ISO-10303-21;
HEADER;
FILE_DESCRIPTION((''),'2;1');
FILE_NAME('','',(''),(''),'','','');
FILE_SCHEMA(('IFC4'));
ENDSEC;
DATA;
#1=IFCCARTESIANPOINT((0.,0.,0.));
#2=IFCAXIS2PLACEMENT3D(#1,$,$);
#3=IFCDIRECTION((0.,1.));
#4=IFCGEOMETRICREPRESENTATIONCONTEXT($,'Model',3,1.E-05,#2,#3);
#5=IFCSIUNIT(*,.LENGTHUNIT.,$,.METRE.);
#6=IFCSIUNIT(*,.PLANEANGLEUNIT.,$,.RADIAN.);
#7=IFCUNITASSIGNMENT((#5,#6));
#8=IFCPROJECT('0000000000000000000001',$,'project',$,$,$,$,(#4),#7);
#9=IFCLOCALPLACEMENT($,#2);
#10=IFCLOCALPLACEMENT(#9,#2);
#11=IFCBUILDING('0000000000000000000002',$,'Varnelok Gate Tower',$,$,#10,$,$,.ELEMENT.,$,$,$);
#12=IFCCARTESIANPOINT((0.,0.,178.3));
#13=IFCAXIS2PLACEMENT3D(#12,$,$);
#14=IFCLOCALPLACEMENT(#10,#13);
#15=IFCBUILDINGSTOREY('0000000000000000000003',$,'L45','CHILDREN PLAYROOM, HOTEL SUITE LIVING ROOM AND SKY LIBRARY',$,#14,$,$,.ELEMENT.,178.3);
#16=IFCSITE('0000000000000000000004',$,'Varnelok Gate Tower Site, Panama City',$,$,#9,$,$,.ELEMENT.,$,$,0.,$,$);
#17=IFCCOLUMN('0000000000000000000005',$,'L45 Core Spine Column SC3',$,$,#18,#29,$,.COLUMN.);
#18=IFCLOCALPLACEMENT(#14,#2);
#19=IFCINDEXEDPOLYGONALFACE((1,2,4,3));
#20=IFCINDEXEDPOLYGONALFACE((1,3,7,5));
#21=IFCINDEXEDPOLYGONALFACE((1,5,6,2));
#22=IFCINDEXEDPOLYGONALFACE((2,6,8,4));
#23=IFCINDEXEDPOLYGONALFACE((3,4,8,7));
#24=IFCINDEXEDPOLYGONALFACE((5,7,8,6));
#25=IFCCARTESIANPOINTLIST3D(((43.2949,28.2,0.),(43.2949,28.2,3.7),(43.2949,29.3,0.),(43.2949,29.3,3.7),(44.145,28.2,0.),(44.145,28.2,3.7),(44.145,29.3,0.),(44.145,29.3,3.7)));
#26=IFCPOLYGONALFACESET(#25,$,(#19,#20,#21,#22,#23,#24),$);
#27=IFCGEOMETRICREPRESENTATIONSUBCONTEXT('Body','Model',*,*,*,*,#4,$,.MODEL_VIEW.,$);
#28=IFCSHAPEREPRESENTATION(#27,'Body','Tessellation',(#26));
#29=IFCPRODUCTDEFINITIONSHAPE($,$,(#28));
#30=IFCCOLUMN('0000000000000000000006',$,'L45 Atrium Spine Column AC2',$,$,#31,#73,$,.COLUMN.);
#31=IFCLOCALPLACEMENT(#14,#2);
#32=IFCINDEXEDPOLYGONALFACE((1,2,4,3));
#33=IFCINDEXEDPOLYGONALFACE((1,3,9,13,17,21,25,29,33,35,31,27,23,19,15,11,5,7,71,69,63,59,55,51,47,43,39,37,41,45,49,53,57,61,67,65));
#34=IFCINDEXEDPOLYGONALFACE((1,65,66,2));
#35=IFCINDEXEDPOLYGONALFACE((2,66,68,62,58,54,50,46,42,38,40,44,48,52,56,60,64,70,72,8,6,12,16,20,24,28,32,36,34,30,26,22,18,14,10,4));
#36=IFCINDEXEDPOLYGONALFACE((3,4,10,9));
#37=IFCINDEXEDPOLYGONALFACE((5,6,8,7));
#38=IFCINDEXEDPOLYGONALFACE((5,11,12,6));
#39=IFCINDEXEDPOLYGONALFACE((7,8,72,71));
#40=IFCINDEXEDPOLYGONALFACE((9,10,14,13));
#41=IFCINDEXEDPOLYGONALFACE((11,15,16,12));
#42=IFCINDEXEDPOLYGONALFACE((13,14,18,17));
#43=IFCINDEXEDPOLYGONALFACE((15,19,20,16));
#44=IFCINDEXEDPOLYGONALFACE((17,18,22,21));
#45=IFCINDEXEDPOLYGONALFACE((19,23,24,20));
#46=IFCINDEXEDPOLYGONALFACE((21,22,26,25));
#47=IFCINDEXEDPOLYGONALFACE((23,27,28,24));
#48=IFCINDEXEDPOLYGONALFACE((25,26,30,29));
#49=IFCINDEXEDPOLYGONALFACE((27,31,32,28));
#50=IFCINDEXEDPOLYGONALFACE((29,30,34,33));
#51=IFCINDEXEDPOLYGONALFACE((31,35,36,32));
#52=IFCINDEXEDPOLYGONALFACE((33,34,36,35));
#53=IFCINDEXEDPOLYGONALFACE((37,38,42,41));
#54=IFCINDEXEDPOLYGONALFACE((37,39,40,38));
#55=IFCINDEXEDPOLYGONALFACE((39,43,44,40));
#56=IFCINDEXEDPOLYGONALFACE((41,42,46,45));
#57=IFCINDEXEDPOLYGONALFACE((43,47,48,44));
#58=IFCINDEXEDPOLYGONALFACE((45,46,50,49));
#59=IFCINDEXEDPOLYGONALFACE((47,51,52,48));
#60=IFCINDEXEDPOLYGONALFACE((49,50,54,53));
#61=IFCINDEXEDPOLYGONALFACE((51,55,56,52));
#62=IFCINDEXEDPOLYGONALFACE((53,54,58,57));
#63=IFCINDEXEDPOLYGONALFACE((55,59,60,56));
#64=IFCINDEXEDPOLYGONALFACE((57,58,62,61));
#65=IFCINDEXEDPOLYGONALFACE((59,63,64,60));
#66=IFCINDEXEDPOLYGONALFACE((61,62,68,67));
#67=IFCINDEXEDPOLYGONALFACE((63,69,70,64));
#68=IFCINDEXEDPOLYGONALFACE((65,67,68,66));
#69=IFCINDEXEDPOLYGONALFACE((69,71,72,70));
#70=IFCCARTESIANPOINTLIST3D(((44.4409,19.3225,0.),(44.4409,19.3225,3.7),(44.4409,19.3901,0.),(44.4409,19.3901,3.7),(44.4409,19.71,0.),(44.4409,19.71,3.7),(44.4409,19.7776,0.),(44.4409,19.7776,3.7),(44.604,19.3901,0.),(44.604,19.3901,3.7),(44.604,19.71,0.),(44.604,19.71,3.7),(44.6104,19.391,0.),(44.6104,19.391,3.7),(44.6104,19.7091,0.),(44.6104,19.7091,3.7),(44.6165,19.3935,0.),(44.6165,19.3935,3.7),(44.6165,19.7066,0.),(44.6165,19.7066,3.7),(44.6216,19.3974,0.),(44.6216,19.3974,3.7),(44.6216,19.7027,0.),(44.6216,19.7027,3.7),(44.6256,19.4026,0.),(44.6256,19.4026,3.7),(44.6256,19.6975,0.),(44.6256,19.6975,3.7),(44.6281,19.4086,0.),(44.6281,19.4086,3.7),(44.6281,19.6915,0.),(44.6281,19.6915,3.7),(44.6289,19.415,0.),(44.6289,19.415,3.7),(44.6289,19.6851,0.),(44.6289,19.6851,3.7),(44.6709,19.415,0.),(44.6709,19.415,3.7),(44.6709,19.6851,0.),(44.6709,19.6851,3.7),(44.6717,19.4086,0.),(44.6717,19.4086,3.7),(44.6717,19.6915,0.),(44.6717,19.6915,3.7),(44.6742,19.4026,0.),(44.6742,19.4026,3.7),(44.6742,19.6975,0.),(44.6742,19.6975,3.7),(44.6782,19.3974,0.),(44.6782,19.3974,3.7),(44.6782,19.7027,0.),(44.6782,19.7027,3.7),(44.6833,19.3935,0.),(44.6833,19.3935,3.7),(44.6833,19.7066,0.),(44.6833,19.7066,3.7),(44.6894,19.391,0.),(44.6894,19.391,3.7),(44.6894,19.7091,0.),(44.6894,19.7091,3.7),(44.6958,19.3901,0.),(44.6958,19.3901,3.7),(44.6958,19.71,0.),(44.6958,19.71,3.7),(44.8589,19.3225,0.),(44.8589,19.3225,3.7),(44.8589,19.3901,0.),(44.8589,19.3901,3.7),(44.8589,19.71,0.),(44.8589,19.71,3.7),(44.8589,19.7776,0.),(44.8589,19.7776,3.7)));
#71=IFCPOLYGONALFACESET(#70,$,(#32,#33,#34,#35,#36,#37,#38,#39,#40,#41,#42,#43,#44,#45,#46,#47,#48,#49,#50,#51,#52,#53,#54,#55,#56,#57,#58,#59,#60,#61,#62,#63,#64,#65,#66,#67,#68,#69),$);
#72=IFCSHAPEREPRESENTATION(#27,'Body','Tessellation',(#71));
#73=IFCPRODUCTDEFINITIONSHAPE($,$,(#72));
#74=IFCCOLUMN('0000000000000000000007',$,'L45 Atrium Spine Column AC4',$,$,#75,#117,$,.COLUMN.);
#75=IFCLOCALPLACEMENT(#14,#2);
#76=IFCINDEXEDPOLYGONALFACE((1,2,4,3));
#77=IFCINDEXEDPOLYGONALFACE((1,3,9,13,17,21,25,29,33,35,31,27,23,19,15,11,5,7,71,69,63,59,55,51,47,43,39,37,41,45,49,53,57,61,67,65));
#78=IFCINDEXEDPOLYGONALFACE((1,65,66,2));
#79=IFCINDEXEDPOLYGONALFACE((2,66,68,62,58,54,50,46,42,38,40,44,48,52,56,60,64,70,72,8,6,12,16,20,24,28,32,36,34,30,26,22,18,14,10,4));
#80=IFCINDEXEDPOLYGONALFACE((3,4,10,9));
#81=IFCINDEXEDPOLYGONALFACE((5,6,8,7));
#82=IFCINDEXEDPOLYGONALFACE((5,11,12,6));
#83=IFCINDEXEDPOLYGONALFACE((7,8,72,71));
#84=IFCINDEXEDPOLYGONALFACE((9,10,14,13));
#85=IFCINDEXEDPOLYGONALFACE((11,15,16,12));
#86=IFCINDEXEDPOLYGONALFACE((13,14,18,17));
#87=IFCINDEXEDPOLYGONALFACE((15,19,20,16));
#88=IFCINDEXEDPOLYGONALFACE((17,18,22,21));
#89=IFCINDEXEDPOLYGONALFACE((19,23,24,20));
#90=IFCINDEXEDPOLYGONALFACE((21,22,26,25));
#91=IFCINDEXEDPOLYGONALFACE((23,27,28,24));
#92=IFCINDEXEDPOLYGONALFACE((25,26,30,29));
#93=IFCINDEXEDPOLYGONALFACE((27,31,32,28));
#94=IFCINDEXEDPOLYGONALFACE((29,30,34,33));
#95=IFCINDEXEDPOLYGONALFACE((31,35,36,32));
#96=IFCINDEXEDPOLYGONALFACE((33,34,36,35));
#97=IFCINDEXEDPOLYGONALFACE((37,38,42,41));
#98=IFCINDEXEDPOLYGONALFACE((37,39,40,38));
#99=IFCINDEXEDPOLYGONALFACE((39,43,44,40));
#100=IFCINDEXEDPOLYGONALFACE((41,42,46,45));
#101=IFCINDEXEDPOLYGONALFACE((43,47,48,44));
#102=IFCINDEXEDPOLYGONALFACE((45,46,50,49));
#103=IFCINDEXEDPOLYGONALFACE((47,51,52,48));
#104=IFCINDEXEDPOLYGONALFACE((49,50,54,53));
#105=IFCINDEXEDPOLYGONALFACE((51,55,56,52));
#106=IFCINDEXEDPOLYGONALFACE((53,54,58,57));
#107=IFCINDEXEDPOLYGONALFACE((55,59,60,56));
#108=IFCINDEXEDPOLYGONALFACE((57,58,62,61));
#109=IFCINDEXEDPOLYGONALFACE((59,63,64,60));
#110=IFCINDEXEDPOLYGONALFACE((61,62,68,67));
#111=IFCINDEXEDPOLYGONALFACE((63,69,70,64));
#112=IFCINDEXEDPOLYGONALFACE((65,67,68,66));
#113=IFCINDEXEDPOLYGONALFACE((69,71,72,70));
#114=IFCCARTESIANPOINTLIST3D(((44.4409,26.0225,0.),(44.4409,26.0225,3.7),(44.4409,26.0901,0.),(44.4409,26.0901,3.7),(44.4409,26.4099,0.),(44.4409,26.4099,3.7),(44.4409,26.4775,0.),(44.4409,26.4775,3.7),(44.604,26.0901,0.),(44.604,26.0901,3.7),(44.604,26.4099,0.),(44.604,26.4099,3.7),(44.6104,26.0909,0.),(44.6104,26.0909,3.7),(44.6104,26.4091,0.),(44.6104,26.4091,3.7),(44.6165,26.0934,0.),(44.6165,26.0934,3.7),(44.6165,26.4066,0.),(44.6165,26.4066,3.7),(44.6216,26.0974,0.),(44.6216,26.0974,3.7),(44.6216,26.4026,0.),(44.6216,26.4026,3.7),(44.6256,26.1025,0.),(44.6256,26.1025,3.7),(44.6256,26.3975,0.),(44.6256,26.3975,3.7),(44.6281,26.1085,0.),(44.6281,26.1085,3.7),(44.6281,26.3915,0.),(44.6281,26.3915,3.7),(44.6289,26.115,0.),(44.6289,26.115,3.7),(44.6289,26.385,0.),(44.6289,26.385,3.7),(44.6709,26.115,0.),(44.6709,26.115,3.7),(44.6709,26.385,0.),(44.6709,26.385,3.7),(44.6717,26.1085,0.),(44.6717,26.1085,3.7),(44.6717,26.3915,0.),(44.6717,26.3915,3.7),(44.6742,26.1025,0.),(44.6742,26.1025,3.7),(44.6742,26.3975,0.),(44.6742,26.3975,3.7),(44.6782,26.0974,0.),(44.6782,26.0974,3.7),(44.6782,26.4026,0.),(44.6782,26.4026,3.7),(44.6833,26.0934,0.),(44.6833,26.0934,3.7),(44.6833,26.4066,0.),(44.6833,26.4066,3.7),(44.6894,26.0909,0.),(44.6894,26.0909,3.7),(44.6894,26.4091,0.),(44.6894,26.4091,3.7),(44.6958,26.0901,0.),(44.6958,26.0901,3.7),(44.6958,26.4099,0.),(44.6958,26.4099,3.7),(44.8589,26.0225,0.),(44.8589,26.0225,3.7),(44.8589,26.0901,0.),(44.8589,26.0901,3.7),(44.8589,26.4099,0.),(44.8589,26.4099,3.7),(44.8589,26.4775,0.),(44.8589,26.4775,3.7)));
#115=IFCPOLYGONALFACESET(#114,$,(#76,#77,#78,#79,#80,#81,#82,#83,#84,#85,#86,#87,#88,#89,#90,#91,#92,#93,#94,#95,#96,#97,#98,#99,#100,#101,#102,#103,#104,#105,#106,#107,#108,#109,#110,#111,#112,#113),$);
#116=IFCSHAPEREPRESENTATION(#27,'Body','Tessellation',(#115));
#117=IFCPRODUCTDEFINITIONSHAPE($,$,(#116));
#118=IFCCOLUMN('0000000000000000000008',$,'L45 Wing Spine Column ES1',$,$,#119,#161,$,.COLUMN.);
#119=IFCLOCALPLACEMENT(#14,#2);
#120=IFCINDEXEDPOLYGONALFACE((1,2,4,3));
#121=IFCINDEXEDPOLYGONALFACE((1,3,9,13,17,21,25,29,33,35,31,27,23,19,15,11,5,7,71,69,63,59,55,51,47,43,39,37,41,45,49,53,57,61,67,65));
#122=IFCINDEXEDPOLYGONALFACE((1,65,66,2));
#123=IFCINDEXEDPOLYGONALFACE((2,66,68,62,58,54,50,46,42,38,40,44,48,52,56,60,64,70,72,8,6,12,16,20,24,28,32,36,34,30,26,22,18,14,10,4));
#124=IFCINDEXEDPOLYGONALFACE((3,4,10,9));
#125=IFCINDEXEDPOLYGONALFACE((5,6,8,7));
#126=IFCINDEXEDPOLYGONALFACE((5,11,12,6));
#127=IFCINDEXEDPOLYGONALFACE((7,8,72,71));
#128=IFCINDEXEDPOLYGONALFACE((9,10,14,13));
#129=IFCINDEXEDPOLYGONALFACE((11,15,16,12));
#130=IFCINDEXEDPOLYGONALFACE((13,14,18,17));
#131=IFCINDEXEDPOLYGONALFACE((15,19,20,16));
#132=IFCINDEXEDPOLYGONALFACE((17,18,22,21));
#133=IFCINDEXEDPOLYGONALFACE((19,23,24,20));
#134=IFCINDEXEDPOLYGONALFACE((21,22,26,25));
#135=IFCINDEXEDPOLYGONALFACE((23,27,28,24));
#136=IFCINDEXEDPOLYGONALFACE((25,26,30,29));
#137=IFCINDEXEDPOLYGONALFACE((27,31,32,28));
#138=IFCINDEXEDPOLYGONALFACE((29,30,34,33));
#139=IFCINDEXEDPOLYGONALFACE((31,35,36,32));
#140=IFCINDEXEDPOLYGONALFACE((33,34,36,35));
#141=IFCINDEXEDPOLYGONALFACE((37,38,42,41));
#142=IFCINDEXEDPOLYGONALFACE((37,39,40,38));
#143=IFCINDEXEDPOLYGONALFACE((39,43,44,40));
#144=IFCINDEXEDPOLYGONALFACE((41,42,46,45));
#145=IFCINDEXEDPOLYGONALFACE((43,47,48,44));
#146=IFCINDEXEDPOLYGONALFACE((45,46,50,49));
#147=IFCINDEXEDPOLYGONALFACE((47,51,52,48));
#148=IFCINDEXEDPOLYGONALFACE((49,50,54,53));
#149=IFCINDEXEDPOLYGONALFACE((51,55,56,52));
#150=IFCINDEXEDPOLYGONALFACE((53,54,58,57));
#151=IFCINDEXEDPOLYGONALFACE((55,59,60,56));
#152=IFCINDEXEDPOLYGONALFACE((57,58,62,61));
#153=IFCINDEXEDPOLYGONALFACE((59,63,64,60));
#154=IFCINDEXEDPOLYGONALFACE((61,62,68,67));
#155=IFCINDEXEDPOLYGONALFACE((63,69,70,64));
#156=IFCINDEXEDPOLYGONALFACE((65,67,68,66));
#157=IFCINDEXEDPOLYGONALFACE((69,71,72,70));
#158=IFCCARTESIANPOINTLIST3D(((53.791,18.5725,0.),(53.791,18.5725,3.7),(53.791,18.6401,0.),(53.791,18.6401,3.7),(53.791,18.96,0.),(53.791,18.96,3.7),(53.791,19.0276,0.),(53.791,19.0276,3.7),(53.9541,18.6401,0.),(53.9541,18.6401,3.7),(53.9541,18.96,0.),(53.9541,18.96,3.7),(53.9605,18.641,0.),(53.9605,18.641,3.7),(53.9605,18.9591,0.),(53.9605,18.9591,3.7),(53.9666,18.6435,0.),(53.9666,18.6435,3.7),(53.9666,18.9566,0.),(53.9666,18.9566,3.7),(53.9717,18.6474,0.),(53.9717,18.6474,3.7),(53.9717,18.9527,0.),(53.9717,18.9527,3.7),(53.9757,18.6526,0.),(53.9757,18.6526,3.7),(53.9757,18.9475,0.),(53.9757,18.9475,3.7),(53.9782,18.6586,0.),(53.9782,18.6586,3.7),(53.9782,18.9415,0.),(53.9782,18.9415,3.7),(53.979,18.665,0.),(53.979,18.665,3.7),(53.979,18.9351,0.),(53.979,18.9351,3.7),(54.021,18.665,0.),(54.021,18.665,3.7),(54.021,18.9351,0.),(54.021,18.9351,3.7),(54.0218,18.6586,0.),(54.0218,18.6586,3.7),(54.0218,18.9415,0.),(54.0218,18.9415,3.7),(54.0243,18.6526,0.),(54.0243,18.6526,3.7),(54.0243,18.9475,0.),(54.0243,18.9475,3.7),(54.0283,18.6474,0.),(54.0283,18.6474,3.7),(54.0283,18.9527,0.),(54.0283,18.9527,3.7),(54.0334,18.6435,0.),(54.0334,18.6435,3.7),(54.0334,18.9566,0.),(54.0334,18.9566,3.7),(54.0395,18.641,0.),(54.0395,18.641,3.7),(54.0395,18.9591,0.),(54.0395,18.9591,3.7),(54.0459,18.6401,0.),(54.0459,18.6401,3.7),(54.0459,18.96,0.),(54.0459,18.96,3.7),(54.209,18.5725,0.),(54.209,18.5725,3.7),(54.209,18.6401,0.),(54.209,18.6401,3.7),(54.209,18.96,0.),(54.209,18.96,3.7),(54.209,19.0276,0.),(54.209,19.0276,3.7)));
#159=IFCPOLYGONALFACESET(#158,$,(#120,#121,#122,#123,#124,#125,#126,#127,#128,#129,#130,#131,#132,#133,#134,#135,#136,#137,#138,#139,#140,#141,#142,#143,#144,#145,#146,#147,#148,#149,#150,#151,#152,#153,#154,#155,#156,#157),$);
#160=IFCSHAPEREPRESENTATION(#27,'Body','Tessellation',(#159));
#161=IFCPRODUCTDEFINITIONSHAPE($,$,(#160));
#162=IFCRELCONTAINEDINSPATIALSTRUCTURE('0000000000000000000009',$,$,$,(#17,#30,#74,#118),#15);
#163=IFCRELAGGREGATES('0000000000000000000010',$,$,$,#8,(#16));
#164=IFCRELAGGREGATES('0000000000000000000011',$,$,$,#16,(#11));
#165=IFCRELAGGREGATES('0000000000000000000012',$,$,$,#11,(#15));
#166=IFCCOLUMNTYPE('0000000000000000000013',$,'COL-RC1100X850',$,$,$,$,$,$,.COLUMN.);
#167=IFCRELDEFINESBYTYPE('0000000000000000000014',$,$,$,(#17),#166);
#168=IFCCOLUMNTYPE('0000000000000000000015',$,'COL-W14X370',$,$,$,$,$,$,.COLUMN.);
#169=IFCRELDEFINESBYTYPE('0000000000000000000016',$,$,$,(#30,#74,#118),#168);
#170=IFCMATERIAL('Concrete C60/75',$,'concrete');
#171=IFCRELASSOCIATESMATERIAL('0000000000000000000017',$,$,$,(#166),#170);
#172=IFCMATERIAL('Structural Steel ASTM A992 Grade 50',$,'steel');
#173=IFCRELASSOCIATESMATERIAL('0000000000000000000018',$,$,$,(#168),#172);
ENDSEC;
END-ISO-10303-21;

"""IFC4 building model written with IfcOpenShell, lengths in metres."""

from ifc_helpers import new_model, si_unit, direction, frame, origin, origin_2d, place, context, subcontext, project, spatial, rectangle, i_section, extrude, material, material_profile, profile_set, type_object, element, save


model = new_model("IFC4")

# Units and contexts
model_context = context("Model", 3, precision=1e-05, world=origin(), true_north=direction((0.0, 1.0)))
body_context = subcontext(model_context, "Body", "Model", "MODEL_VIEW")
ifc_project = project(units=[si_unit("LENGTHUNIT", "METRE"), si_unit("PLANEANGLEUNIT", "RADIAN")], contexts=[model_context])

# Site, building, storey
site_placement = place(None, origin())
site = spatial("IfcSite", under=ifc_project, at=site_placement, Name="Varnelok Gate Tower Site, Panama City", CompositionType="ELEMENT", RefElevation=0.0)
building_placement = place(site_placement, origin())
building = spatial("IfcBuilding", under=site, at=building_placement, Name="Varnelok Gate Tower", CompositionType="ELEMENT")
storey_placement = place(building_placement, frame((0.0, 0.0, 178.3)))
storey = spatial("IfcBuildingStorey", under=building, at=storey_placement, Name="L45", Description="CHILDREN PLAYROOM, HOTEL SUITE LIVING ROOM AND SKY LIBRARY", CompositionType="ELEMENT", Elevation=178.3)

# Columns
ifc_material_1 = material(Name="Concrete C60/75", Category="concrete")
ifc_material_profile_1 = material_profile(ifc_material_1, rectangle(XDim=0.8501, YDim=1.1001, at=origin_2d()), Name="RC1100X850")
ifc_profile_set_1 = profile_set([ifc_material_profile_1], Name="Concrete C60/75")
column_type_1 = type_object("IfcColumnType", Name="COL-RC1100X850", PredefinedType="COLUMN", material=ifc_profile_set_1)
column_placement = place(storey_placement, frame((43.72, 28.75, 0.0), z_axis=(0.0, 0.0, 1.0), x_axis=(1.0, 0.0, 0.0)))
element("IfcColumn", 1, at=column_placement, inside=storey, type_object=column_type_1, Name="L45 Core Spine Column SC3", PredefinedType="COLUMN", context=body_context, shape_type="SweptSolid", body=[
    extrude(rectangle(XDim=0.8501, YDim=1.1001, at=origin_2d()), origin(), (0.0, 0.0, 1.0), 3.7),
])
ifc_material_2 = material(Name="Structural Steel ASTM A992 Grade 50", Category="steel")
ifc_material_profile_2 = material_profile(ifc_material_2, i_section(OverallWidth=0.418, OverallDepth=0.4551, WebThickness=0.042, FlangeThickness=0.0676, FilletRadius=0.0249, at=origin_2d()), Name="W14X370")
ifc_profile_set_2 = profile_set([ifc_material_profile_2], Name="Structural Steel ASTM A992 Grade 50")
column_type_2 = type_object("IfcColumnType", Name="COL-W14X370", PredefinedType="COLUMN", material=ifc_profile_set_2)
for number, where, z_axis, x_axis, name in (
    (2, (44.6499, 19.55, 0.0), (0.0, 0.0, 1.0), (1.0, 0.0, 0.0), "L45 Atrium Spine Column AC2"),
    (3, (44.6499, 26.25, 0.0), (0.0, 0.0, 1.0), (1.0, 0.0, 0.0), "L45 Atrium Spine Column AC4"),
    (4, (54.0, 18.8, 0.0), (0.0, 0.0, 1.0), (1.0, 0.0, 0.0), "L45 Wing Spine Column ES1"),
):
    element("IfcColumn", number, at=place(storey_placement, frame(where, z_axis=z_axis, x_axis=x_axis)), inside=storey, type_object=column_type_2, Name=name, PredefinedType="COLUMN", context=body_context, shape_type="SweptSolid", body=[
        extrude(i_section(OverallWidth=0.418, OverallDepth=0.4551, WebThickness=0.042, FlangeThickness=0.0676, FilletRadius=0.0249, at=origin_2d()), origin(), (0.0, 0.0, 1.0), 3.7),
    ])

save(model, "model.ifc")
